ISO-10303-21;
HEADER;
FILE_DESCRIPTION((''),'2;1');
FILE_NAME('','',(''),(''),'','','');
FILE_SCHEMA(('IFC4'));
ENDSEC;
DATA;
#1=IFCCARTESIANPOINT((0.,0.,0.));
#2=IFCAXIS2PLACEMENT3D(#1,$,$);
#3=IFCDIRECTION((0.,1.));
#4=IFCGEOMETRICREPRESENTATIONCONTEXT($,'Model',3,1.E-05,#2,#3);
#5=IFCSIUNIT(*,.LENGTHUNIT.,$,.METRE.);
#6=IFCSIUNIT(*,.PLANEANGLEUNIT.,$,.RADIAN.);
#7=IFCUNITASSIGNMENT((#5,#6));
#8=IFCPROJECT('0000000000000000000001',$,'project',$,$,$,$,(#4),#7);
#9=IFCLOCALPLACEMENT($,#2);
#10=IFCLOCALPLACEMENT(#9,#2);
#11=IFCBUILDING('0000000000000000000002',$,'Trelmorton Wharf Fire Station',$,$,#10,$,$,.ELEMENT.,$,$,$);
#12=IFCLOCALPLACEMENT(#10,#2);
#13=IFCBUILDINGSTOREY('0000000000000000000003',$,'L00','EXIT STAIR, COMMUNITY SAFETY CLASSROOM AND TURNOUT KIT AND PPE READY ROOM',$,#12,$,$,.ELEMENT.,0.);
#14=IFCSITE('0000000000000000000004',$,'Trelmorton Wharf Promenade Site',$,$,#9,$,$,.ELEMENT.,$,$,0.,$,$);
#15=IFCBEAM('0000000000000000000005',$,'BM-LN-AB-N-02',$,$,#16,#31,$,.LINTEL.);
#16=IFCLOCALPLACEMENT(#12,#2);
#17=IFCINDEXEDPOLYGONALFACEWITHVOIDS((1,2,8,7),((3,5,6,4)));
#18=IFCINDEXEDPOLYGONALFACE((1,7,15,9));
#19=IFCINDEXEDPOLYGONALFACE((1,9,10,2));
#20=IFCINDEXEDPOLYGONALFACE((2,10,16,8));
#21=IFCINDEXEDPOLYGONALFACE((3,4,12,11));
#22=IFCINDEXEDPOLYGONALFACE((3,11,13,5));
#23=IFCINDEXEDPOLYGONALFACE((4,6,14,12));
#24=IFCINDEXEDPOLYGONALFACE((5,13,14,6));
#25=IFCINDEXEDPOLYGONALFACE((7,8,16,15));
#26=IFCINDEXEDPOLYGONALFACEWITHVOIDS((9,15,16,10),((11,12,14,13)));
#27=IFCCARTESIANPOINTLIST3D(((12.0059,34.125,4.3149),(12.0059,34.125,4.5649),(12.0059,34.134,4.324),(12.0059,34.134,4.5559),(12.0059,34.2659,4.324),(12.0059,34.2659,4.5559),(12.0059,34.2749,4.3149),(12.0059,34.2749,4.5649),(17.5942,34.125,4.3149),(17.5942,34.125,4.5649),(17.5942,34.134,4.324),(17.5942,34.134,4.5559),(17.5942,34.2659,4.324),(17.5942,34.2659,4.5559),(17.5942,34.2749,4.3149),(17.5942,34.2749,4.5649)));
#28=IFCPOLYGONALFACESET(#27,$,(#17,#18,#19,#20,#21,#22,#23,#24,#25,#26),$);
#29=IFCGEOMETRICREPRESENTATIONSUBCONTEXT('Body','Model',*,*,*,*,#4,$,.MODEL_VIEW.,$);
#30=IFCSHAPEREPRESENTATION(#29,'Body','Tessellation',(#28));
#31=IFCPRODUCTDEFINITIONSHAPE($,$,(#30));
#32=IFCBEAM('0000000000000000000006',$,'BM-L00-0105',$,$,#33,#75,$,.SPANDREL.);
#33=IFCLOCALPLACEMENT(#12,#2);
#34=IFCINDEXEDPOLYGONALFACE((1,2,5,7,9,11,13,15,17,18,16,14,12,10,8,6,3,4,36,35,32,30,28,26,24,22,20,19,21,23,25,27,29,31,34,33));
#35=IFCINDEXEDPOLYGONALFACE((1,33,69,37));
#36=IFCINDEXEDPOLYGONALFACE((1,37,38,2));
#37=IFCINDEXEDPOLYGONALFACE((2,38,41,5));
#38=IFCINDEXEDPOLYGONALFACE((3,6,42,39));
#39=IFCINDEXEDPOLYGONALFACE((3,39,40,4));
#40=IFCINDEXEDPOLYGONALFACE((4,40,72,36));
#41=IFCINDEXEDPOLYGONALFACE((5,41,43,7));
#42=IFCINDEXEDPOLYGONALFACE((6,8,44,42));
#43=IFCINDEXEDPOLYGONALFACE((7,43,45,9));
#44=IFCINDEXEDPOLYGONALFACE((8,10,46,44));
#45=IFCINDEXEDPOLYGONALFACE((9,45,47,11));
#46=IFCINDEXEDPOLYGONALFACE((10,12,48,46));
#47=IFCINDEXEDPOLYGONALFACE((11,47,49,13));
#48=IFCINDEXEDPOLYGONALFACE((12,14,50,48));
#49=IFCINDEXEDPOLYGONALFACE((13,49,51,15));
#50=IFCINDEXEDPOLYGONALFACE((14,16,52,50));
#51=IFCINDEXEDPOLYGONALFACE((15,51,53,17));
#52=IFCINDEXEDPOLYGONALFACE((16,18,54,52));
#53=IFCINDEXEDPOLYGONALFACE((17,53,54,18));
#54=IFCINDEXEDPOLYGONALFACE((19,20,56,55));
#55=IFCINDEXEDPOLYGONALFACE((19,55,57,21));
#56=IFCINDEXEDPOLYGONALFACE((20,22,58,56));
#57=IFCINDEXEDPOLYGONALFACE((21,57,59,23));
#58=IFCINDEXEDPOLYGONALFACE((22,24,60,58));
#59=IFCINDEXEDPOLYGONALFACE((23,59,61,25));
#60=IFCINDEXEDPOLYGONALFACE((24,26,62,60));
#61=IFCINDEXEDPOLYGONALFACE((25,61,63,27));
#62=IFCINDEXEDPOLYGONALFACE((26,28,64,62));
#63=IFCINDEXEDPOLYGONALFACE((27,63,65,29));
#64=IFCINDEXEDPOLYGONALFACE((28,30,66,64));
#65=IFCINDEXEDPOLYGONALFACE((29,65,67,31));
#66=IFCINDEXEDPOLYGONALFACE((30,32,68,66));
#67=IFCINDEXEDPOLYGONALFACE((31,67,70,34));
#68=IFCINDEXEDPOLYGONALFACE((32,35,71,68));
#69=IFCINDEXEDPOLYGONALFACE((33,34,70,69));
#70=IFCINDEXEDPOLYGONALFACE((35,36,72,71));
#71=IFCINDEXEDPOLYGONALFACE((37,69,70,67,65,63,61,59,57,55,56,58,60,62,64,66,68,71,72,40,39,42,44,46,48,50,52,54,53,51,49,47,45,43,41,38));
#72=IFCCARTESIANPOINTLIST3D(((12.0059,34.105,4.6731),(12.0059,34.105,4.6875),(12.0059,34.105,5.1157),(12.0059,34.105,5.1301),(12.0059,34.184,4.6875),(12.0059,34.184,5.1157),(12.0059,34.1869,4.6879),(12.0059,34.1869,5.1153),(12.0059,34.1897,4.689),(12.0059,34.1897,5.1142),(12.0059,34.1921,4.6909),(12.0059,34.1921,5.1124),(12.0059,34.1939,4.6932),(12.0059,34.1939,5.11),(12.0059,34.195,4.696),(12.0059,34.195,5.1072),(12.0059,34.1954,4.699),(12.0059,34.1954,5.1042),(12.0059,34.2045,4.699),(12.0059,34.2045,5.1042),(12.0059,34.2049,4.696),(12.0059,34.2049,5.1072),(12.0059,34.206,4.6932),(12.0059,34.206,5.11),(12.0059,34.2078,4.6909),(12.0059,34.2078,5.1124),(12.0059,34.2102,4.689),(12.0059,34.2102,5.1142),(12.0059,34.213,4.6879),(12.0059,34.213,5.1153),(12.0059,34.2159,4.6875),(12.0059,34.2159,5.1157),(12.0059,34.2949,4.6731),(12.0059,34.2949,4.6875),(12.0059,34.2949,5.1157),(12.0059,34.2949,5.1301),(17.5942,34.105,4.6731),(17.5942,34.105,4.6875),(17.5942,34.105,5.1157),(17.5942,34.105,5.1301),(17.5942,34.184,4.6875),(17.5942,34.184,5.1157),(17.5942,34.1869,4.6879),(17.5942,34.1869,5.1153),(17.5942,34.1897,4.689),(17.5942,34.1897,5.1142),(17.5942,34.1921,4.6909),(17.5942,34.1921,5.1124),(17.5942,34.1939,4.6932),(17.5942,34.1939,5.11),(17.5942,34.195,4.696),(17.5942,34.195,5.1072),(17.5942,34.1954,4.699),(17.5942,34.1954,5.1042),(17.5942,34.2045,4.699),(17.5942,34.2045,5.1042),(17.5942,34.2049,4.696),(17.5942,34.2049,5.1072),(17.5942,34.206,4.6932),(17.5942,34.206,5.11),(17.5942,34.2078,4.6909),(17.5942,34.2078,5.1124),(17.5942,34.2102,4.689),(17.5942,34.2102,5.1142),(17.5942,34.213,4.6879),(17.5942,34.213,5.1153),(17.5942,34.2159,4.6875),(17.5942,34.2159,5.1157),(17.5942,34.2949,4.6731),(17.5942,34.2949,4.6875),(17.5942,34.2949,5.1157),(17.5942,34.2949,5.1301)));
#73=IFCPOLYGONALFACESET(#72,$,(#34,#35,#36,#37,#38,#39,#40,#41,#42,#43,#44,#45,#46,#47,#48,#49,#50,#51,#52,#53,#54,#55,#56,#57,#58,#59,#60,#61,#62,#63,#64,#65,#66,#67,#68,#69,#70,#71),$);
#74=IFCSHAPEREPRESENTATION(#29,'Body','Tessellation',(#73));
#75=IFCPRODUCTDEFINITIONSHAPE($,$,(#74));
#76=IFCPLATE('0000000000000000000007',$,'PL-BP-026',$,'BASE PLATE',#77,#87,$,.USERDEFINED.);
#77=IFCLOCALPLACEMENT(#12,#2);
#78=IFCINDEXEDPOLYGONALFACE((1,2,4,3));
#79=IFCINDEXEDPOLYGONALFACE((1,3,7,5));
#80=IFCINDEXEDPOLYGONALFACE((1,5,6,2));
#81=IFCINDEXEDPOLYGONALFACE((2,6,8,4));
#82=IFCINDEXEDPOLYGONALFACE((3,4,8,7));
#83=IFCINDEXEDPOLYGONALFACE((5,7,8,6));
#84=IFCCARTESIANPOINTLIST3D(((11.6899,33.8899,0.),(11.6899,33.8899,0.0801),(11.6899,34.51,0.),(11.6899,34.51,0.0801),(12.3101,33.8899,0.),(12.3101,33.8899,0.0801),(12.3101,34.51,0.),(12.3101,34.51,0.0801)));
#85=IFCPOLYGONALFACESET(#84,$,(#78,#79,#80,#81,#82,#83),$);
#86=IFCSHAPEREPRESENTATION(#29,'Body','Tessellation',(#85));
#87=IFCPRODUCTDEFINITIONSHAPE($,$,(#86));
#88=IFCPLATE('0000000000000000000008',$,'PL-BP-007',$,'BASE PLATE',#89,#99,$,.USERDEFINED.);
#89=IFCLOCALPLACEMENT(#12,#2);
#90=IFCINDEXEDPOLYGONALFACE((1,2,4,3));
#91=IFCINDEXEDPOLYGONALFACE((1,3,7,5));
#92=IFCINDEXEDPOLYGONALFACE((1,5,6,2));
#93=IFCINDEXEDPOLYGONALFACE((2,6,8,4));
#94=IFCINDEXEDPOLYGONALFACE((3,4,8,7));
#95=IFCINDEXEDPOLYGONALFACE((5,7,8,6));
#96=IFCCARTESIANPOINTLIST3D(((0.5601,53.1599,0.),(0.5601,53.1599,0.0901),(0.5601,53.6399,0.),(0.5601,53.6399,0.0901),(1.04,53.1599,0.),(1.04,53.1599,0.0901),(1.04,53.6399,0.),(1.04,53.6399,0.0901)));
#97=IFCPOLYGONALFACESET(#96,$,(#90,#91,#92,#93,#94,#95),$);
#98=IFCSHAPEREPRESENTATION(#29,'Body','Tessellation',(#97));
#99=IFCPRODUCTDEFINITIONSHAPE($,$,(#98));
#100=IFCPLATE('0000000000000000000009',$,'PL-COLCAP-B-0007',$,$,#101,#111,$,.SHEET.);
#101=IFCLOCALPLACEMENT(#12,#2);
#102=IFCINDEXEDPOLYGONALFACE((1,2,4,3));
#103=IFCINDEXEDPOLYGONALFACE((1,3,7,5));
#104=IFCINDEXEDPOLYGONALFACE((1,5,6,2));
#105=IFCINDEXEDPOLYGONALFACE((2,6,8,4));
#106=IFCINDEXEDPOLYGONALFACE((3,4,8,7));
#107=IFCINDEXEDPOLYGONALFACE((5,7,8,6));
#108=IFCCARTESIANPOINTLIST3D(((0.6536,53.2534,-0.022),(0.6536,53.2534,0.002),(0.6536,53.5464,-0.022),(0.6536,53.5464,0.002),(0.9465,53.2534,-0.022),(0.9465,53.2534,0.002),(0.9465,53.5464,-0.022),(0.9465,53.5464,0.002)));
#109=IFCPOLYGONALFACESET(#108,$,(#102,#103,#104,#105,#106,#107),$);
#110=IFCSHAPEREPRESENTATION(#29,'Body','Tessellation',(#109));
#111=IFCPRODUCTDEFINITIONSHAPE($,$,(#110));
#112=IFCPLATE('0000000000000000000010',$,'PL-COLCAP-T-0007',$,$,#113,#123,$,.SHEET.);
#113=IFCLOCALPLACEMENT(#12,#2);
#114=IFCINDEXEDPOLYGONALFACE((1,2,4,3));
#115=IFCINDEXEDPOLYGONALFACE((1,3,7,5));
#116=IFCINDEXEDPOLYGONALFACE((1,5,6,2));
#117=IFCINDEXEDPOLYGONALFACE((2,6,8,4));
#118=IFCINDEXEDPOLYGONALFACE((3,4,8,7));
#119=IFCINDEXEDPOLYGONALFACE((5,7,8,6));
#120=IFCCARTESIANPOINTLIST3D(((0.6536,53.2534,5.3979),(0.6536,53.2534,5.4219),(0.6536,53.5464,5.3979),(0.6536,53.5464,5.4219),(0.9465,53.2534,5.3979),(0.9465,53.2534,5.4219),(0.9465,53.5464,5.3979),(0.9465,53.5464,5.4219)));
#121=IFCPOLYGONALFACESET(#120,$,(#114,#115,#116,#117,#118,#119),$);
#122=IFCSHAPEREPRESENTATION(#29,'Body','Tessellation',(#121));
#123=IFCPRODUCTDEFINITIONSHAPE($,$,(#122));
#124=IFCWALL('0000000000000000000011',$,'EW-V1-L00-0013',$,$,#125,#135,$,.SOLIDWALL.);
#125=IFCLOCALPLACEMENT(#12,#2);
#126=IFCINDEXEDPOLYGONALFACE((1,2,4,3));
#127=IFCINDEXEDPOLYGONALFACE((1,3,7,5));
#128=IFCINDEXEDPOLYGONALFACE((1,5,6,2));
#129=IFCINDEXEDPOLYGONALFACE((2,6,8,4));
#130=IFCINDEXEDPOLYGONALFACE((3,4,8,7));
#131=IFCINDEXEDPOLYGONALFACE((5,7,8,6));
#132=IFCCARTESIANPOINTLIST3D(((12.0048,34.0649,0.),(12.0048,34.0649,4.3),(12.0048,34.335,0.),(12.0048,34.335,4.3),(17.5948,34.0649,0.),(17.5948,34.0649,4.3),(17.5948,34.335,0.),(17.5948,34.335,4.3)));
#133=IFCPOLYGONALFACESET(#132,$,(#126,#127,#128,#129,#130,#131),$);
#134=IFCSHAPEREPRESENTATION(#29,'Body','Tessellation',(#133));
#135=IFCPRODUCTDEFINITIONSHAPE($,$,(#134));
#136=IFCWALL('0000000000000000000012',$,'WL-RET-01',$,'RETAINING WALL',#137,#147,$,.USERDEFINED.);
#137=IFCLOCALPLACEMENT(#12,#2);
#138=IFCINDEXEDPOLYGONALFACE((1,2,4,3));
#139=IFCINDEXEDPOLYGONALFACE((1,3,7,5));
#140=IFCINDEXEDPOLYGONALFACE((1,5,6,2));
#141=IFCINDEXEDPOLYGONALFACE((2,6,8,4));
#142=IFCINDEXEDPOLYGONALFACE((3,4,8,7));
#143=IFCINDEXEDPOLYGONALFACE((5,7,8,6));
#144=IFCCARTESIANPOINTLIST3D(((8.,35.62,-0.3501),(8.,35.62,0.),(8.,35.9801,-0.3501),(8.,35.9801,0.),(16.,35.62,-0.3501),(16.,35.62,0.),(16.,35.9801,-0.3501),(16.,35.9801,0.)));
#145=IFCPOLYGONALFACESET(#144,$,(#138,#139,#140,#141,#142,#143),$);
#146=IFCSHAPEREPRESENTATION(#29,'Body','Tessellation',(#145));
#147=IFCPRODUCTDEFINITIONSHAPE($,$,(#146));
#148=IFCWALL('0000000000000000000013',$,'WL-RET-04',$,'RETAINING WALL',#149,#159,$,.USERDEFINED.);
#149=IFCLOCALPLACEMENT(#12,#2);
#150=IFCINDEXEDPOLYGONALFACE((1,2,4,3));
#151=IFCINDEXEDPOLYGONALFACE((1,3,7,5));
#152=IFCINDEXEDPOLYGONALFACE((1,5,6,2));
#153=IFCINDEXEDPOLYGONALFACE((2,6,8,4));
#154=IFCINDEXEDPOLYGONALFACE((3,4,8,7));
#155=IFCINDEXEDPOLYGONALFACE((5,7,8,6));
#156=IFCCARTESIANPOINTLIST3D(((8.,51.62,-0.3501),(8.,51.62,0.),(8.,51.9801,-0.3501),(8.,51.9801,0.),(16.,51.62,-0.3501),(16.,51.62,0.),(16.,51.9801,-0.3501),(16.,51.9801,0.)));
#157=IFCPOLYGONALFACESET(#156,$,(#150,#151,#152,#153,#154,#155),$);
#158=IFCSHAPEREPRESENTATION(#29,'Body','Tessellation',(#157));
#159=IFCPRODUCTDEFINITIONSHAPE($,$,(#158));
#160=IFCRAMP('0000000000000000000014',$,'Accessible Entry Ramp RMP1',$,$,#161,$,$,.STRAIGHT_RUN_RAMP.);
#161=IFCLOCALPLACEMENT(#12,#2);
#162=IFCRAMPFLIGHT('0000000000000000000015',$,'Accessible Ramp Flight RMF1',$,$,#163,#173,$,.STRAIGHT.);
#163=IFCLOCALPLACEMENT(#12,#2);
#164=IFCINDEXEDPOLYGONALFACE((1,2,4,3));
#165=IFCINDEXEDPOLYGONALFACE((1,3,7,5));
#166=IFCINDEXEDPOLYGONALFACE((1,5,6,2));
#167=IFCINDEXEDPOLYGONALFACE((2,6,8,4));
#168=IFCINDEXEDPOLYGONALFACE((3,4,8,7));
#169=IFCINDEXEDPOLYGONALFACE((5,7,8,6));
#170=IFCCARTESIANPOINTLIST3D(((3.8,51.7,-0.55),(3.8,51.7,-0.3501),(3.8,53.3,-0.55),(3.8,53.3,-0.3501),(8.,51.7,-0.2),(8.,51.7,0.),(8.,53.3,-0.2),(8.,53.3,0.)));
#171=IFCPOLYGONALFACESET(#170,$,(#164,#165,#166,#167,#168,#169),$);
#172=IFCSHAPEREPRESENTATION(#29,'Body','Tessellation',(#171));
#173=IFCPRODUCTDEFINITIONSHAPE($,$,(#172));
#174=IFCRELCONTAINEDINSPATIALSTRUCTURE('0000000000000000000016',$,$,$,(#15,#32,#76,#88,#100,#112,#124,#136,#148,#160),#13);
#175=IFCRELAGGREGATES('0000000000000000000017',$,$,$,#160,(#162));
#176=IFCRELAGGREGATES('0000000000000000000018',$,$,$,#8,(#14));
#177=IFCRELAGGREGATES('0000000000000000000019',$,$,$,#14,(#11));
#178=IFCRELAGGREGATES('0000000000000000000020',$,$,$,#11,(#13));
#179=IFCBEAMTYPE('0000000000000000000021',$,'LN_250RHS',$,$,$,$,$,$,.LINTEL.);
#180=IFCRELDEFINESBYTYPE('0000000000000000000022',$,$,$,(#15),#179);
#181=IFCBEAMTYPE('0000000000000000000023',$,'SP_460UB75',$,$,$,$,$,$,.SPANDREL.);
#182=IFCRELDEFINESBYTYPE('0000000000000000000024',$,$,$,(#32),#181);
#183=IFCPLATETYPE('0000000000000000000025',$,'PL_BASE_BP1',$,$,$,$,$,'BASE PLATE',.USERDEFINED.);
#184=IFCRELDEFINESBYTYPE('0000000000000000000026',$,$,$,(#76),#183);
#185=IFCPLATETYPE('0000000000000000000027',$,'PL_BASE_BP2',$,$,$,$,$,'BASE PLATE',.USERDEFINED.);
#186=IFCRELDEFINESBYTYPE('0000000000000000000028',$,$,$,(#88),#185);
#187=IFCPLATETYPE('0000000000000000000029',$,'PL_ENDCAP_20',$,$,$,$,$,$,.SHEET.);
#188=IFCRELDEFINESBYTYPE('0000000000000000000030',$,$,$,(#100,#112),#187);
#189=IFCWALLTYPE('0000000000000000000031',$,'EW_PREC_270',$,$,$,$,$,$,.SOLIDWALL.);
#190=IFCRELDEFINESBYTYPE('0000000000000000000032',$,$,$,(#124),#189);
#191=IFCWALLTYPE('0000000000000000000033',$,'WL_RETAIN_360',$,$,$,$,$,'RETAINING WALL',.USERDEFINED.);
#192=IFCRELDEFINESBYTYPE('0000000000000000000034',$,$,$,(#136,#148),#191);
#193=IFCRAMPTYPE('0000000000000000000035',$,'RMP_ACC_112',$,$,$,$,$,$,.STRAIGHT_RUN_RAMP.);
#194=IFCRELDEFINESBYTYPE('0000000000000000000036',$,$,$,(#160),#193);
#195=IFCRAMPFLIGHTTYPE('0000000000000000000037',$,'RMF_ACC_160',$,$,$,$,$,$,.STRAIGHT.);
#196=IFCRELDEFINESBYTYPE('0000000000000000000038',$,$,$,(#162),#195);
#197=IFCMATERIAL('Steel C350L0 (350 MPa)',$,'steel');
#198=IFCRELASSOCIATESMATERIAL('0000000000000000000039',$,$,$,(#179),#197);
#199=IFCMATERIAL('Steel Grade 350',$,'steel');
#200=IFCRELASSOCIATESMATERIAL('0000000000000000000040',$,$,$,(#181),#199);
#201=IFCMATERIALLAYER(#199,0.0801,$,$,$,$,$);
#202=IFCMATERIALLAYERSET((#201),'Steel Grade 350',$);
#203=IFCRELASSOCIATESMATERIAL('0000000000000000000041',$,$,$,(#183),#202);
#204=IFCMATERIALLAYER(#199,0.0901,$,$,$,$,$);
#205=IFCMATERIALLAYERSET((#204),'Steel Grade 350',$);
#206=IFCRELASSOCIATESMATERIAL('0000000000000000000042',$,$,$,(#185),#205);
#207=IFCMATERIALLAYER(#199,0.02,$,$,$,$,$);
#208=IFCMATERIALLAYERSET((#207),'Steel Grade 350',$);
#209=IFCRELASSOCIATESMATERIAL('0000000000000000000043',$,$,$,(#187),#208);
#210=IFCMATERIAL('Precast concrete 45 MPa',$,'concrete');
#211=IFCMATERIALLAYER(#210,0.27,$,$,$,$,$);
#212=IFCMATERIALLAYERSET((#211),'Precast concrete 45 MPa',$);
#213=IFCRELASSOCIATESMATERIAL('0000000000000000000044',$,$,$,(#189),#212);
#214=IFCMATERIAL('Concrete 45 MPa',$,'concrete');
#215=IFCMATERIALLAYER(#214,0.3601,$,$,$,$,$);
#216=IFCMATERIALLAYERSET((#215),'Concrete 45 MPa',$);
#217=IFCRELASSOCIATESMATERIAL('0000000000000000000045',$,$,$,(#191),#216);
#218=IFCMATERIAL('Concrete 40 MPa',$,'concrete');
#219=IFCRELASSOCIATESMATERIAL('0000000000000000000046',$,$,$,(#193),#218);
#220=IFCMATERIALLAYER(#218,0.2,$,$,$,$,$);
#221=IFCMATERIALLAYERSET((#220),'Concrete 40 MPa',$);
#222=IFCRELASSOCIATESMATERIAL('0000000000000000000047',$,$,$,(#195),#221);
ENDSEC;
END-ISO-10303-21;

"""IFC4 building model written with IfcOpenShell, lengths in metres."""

from ifc_helpers import new_model, si_unit, direction, frame, frame_2d, origin, origin_2d, place, context, subcontext, project, spatial, polyline, rectangle, hollow_rectangle, i_section, outline, extrude, material, layer, layer_set, material_profile, profile_set, type_object, element, aggregate, save


model = new_model("IFC4")

# Units and contexts
model_context = context("Model", 3, precision=1e-05, world=origin(), true_north=direction((0.0, 1.0)))
body_context = subcontext(model_context, "Body", "Model", "MODEL_VIEW")
ifc_project = project(units=[si_unit("LENGTHUNIT", "METRE"), si_unit("PLANEANGLEUNIT", "RADIAN")], contexts=[model_context])

# Site, building, storey
site_placement = place(None, origin())
site = spatial("IfcSite", under=ifc_project, at=site_placement, Name="Trelmorton Wharf Promenade Site", CompositionType="ELEMENT", RefElevation=0.0)
building_placement = place(site_placement, origin())
building = spatial("IfcBuilding", under=site, at=building_placement, Name="Trelmorton Wharf Fire Station", CompositionType="ELEMENT")
storey_placement = place(building_placement, origin())
storey = spatial("IfcBuildingStorey", under=building, at=storey_placement, Name="L00", Description="EXIT STAIR, COMMUNITY SAFETY CLASSROOM AND TURNOUT KIT AND PPE READY ROOM", CompositionType="ELEMENT", Elevation=0.0)

# Shared definitions
ifc_material_1 = material(Name="Concrete 40 MPa", Category="concrete")

# Shared definitions
ifc_material_2 = material(Name="Concrete 45 MPa", Category="concrete")

# Shared definitions
ifc_material_3 = material(Name="Steel Grade 350", Category="steel")
ifc_material_4 = material(Name="Steel C350L0 (350 MPa)", Category="steel")

# Beams
ifc_material_profile_1 = material_profile(ifc_material_4, hollow_rectangle(XDim=0.1499, YDim=0.25, WallThickness=0.009, at=origin_2d()), Name="250x150x9.0RHS")
ifc_profile_set_1 = profile_set([ifc_material_profile_1], Name="Steel C350L0 (350 MPa)")
beam_type_1 = type_object("IfcBeamType", Name="LN_250RHS", PredefinedType="LINTEL", material=ifc_profile_set_1)
beam_1_placement = place(storey_placement, frame((12.0059, 34.2, 4.4399), z_axis=(1.0, 0.0, 0.0), x_axis=(0.0, 1.0, 0.0)))
element("IfcBeam", 1, at=beam_1_placement, inside=storey, type_object=beam_type_1, Name="BM-LN-AB-N-02", PredefinedType="LINTEL", context=body_context, shape_type="SweptSolid", body=[
    extrude(hollow_rectangle(XDim=0.1499, YDim=0.25, WallThickness=0.009, at=origin_2d()), origin(), (0.0, 0.0, 1.0), 5.5884),
])
ifc_material_profile_2 = material_profile(ifc_material_3, i_section(OverallWidth=0.1899, OverallDepth=0.457, WebThickness=0.009, FlangeThickness=0.0144, FilletRadius=0.0115, at=origin_2d()), Name="460UB74.6")
ifc_profile_set_2 = profile_set([ifc_material_profile_2], Name="Steel Grade 350")
beam_type_2 = type_object("IfcBeamType", Name="SP_460UB75", PredefinedType="SPANDREL", material=ifc_profile_set_2)
beam_2_placement = place(storey_placement, frame((12.0059, 34.2, 4.9016), z_axis=(1.0, 0.0, 0.0), x_axis=(0.0, 1.0, 0.0)))
element("IfcBeam", 2, at=beam_2_placement, inside=storey, type_object=beam_type_2, Name="BM-L00-0105", PredefinedType="SPANDREL", context=body_context, shape_type="SweptSolid", body=[
    extrude(i_section(OverallWidth=0.1899, OverallDepth=0.457, WebThickness=0.009, FlangeThickness=0.0144, FilletRadius=0.0115, at=origin_2d()), origin(), (0.0, 0.0, 1.0), 5.5884),
])

# Plates
ifc_layer_1 = layer(ifc_material_3, 0.0801)
ifc_layer_set_1 = layer_set([ifc_layer_1], Name="Steel Grade 350")
plate_type_1 = type_object("IfcPlateType", Name="PL_BASE_BP1", ElementType="BASE PLATE", PredefinedType="USERDEFINED", material=ifc_layer_set_1)
plate_1_placement = place(storey_placement, frame((12.0, 34.2, 0.0), z_axis=(0.0, 0.0, 1.0), x_axis=(1.0, 0.0, 0.0)))
element("IfcPlate", 3, at=plate_1_placement, inside=storey, type_object=plate_type_1, Name="PL-BP-026", ObjectType="BASE PLATE", PredefinedType="USERDEFINED", context=body_context, shape_type="SweptSolid", body=[
    extrude(rectangle(XDim=0.6201, YDim=0.6201, at=origin_2d()), origin(), (0.0, 0.0, 1.0), 0.0801),
])
ifc_layer_2 = layer(ifc_material_3, 0.0901)
ifc_layer_set_2 = layer_set([ifc_layer_2], Name="Steel Grade 350")
plate_type_2 = type_object("IfcPlateType", Name="PL_BASE_BP2", ElementType="BASE PLATE", PredefinedType="USERDEFINED", material=ifc_layer_set_2)
plate_2_placement = place(storey_placement, frame((0.8, 53.3999, 0.0), z_axis=(0.0, 0.0, 1.0), x_axis=(1.0, 0.0, 0.0)))
element("IfcPlate", 4, at=plate_2_placement, inside=storey, type_object=plate_type_2, Name="PL-BP-007", ObjectType="BASE PLATE", PredefinedType="USERDEFINED", context=body_context, shape_type="SweptSolid", body=[
    extrude(rectangle(XDim=0.48, YDim=0.48, at=origin_2d()), origin(), (0.0, 0.0, 1.0), 0.0901),
])
ifc_layer_3 = layer(ifc_material_3, 0.02)
ifc_layer_set_3 = layer_set([ifc_layer_3], Name="Steel Grade 350")
plate_type_3 = type_object("IfcPlateType", Name="PL_ENDCAP_20", PredefinedType="SHEET", material=ifc_layer_set_3)
for number, where, z_axis, x_axis, name in (
    (5, (0.8, 53.3999, -0.022), (0.0, 0.0, 1.0), (1.0, 0.0, 0.0), "PL-COLCAP-B-0007"),
    (6, (0.8, 53.3999, 5.3979), (0.0, 0.0, 1.0), (1.0, 0.0, 0.0), "PL-COLCAP-T-0007"),
):
    element("IfcPlate", number, at=place(storey_placement, frame(where, z_axis=z_axis, x_axis=x_axis)), inside=storey, type_object=plate_type_3, Name=name, PredefinedType="SHEET", context=body_context, shape_type="SweptSolid", body=[
        extrude(rectangle(XDim=0.293, YDim=0.293, at=origin_2d()), origin(), (0.0, 0.0, 1.0), 0.0239),
    ])

# Walls
ifc_material_5 = material(Name="Precast concrete 45 MPa", Category="concrete")
ifc_layer_4 = layer(ifc_material_5, 0.27)
ifc_layer_set_4 = layer_set([ifc_layer_4], Name="Precast concrete 45 MPa")
wall_type_1 = type_object("IfcWallType", Name="EW_PREC_270", PredefinedType="SOLIDWALL", material=ifc_layer_set_4)
wall_placement = place(storey_placement, frame((12.0049, 34.2, 0.0), z_axis=(0.0, 0.0, 1.0), x_axis=(1.0, 0.0, 0.0)))
element("IfcWall", 7, at=wall_placement, inside=storey, type_object=wall_type_1, Name="EW-V1-L00-0013", PredefinedType="SOLIDWALL", context=body_context, shape_type="SweptSolid", body=[
    extrude(rectangle(XDim=5.5901, YDim=0.27, at=frame_2d((2.7949, 0.0))), origin(), (0.0, 0.0, 1.0), 4.3),
])
ifc_layer_5 = layer(ifc_material_2, 0.3601)
ifc_layer_set_5 = layer_set([ifc_layer_5], Name="Concrete 45 MPa")
wall_type_2 = type_object("IfcWallType", Name="WL_RETAIN_360", ElementType="RETAINING WALL", PredefinedType="USERDEFINED", material=ifc_layer_set_5)
for number, where, z_axis, x_axis, name in (
    (8, (8.0, 35.8, -0.3501), (0.0, 0.0, 1.0), (1.0, 0.0, 0.0), "WL-RET-01"),
    (9, (8.0, 51.8, -0.3501), (0.0, 0.0, 1.0), (1.0, 0.0, 0.0), "WL-RET-04"),
):
    element("IfcWall", number, at=place(storey_placement, frame(where, z_axis=z_axis, x_axis=x_axis)), inside=storey, type_object=wall_type_2, Name=name, ObjectType="RETAINING WALL", PredefinedType="USERDEFINED", context=body_context, shape_type="SweptSolid", body=[
        extrude(rectangle(XDim=8.0, YDim=0.3601, at=frame_2d((4.0, 0.0))), origin(), (0.0, 0.0, 1.0), 0.3501),
    ])

# Ramp, ramp flight
ramp_type = type_object("IfcRampType", Name="RMP_ACC_112", PredefinedType="STRAIGHT_RUN_RAMP", material=ifc_material_1)
ramp_placement = place(storey_placement, origin())
ramp = element("IfcRamp", 10, at=ramp_placement, inside=storey, type_object=ramp_type, Name="Accessible Entry Ramp RMP1", PredefinedType="STRAIGHT_RUN_RAMP")
ifc_layer_6 = layer(ifc_material_1, 0.2)
ifc_layer_set_6 = layer_set([ifc_layer_6], Name="Concrete 40 MPa")
ramp_flight_type = type_object("IfcRampFlightType", Name="RMF_ACC_160", PredefinedType="STRAIGHT", material=ifc_layer_set_6)
ramp_flight_placement = place(storey_placement, frame((3.8, 52.5, -0.3501), z_axis=(0.0, 0.0, 1.0), x_axis=(1.0, 0.0, 0.0)))
ramp_flight = element("IfcRampFlight", 11, at=ramp_flight_placement, type_object=ramp_flight_type, Name="Accessible Ramp Flight RMF1", PredefinedType="STRAIGHT", context=body_context, shape_type="SweptSolid", body=[
    extrude(outline(polyline([(0.0, -0.2), (4.2, 0.1501), (4.2, 0.3501), (0.0, 0.0), (0.0, -0.2)])), frame((0.0, 0.8, 0.0), z_axis=(0.0, -1.0, 0.0), x_axis=(1.0, 0.0, 0.0)), (0.0, 0.0, 1.0), 1.6001),
])
aggregate(ramp, [ramp_flight])

save(model, "model.ifc")
